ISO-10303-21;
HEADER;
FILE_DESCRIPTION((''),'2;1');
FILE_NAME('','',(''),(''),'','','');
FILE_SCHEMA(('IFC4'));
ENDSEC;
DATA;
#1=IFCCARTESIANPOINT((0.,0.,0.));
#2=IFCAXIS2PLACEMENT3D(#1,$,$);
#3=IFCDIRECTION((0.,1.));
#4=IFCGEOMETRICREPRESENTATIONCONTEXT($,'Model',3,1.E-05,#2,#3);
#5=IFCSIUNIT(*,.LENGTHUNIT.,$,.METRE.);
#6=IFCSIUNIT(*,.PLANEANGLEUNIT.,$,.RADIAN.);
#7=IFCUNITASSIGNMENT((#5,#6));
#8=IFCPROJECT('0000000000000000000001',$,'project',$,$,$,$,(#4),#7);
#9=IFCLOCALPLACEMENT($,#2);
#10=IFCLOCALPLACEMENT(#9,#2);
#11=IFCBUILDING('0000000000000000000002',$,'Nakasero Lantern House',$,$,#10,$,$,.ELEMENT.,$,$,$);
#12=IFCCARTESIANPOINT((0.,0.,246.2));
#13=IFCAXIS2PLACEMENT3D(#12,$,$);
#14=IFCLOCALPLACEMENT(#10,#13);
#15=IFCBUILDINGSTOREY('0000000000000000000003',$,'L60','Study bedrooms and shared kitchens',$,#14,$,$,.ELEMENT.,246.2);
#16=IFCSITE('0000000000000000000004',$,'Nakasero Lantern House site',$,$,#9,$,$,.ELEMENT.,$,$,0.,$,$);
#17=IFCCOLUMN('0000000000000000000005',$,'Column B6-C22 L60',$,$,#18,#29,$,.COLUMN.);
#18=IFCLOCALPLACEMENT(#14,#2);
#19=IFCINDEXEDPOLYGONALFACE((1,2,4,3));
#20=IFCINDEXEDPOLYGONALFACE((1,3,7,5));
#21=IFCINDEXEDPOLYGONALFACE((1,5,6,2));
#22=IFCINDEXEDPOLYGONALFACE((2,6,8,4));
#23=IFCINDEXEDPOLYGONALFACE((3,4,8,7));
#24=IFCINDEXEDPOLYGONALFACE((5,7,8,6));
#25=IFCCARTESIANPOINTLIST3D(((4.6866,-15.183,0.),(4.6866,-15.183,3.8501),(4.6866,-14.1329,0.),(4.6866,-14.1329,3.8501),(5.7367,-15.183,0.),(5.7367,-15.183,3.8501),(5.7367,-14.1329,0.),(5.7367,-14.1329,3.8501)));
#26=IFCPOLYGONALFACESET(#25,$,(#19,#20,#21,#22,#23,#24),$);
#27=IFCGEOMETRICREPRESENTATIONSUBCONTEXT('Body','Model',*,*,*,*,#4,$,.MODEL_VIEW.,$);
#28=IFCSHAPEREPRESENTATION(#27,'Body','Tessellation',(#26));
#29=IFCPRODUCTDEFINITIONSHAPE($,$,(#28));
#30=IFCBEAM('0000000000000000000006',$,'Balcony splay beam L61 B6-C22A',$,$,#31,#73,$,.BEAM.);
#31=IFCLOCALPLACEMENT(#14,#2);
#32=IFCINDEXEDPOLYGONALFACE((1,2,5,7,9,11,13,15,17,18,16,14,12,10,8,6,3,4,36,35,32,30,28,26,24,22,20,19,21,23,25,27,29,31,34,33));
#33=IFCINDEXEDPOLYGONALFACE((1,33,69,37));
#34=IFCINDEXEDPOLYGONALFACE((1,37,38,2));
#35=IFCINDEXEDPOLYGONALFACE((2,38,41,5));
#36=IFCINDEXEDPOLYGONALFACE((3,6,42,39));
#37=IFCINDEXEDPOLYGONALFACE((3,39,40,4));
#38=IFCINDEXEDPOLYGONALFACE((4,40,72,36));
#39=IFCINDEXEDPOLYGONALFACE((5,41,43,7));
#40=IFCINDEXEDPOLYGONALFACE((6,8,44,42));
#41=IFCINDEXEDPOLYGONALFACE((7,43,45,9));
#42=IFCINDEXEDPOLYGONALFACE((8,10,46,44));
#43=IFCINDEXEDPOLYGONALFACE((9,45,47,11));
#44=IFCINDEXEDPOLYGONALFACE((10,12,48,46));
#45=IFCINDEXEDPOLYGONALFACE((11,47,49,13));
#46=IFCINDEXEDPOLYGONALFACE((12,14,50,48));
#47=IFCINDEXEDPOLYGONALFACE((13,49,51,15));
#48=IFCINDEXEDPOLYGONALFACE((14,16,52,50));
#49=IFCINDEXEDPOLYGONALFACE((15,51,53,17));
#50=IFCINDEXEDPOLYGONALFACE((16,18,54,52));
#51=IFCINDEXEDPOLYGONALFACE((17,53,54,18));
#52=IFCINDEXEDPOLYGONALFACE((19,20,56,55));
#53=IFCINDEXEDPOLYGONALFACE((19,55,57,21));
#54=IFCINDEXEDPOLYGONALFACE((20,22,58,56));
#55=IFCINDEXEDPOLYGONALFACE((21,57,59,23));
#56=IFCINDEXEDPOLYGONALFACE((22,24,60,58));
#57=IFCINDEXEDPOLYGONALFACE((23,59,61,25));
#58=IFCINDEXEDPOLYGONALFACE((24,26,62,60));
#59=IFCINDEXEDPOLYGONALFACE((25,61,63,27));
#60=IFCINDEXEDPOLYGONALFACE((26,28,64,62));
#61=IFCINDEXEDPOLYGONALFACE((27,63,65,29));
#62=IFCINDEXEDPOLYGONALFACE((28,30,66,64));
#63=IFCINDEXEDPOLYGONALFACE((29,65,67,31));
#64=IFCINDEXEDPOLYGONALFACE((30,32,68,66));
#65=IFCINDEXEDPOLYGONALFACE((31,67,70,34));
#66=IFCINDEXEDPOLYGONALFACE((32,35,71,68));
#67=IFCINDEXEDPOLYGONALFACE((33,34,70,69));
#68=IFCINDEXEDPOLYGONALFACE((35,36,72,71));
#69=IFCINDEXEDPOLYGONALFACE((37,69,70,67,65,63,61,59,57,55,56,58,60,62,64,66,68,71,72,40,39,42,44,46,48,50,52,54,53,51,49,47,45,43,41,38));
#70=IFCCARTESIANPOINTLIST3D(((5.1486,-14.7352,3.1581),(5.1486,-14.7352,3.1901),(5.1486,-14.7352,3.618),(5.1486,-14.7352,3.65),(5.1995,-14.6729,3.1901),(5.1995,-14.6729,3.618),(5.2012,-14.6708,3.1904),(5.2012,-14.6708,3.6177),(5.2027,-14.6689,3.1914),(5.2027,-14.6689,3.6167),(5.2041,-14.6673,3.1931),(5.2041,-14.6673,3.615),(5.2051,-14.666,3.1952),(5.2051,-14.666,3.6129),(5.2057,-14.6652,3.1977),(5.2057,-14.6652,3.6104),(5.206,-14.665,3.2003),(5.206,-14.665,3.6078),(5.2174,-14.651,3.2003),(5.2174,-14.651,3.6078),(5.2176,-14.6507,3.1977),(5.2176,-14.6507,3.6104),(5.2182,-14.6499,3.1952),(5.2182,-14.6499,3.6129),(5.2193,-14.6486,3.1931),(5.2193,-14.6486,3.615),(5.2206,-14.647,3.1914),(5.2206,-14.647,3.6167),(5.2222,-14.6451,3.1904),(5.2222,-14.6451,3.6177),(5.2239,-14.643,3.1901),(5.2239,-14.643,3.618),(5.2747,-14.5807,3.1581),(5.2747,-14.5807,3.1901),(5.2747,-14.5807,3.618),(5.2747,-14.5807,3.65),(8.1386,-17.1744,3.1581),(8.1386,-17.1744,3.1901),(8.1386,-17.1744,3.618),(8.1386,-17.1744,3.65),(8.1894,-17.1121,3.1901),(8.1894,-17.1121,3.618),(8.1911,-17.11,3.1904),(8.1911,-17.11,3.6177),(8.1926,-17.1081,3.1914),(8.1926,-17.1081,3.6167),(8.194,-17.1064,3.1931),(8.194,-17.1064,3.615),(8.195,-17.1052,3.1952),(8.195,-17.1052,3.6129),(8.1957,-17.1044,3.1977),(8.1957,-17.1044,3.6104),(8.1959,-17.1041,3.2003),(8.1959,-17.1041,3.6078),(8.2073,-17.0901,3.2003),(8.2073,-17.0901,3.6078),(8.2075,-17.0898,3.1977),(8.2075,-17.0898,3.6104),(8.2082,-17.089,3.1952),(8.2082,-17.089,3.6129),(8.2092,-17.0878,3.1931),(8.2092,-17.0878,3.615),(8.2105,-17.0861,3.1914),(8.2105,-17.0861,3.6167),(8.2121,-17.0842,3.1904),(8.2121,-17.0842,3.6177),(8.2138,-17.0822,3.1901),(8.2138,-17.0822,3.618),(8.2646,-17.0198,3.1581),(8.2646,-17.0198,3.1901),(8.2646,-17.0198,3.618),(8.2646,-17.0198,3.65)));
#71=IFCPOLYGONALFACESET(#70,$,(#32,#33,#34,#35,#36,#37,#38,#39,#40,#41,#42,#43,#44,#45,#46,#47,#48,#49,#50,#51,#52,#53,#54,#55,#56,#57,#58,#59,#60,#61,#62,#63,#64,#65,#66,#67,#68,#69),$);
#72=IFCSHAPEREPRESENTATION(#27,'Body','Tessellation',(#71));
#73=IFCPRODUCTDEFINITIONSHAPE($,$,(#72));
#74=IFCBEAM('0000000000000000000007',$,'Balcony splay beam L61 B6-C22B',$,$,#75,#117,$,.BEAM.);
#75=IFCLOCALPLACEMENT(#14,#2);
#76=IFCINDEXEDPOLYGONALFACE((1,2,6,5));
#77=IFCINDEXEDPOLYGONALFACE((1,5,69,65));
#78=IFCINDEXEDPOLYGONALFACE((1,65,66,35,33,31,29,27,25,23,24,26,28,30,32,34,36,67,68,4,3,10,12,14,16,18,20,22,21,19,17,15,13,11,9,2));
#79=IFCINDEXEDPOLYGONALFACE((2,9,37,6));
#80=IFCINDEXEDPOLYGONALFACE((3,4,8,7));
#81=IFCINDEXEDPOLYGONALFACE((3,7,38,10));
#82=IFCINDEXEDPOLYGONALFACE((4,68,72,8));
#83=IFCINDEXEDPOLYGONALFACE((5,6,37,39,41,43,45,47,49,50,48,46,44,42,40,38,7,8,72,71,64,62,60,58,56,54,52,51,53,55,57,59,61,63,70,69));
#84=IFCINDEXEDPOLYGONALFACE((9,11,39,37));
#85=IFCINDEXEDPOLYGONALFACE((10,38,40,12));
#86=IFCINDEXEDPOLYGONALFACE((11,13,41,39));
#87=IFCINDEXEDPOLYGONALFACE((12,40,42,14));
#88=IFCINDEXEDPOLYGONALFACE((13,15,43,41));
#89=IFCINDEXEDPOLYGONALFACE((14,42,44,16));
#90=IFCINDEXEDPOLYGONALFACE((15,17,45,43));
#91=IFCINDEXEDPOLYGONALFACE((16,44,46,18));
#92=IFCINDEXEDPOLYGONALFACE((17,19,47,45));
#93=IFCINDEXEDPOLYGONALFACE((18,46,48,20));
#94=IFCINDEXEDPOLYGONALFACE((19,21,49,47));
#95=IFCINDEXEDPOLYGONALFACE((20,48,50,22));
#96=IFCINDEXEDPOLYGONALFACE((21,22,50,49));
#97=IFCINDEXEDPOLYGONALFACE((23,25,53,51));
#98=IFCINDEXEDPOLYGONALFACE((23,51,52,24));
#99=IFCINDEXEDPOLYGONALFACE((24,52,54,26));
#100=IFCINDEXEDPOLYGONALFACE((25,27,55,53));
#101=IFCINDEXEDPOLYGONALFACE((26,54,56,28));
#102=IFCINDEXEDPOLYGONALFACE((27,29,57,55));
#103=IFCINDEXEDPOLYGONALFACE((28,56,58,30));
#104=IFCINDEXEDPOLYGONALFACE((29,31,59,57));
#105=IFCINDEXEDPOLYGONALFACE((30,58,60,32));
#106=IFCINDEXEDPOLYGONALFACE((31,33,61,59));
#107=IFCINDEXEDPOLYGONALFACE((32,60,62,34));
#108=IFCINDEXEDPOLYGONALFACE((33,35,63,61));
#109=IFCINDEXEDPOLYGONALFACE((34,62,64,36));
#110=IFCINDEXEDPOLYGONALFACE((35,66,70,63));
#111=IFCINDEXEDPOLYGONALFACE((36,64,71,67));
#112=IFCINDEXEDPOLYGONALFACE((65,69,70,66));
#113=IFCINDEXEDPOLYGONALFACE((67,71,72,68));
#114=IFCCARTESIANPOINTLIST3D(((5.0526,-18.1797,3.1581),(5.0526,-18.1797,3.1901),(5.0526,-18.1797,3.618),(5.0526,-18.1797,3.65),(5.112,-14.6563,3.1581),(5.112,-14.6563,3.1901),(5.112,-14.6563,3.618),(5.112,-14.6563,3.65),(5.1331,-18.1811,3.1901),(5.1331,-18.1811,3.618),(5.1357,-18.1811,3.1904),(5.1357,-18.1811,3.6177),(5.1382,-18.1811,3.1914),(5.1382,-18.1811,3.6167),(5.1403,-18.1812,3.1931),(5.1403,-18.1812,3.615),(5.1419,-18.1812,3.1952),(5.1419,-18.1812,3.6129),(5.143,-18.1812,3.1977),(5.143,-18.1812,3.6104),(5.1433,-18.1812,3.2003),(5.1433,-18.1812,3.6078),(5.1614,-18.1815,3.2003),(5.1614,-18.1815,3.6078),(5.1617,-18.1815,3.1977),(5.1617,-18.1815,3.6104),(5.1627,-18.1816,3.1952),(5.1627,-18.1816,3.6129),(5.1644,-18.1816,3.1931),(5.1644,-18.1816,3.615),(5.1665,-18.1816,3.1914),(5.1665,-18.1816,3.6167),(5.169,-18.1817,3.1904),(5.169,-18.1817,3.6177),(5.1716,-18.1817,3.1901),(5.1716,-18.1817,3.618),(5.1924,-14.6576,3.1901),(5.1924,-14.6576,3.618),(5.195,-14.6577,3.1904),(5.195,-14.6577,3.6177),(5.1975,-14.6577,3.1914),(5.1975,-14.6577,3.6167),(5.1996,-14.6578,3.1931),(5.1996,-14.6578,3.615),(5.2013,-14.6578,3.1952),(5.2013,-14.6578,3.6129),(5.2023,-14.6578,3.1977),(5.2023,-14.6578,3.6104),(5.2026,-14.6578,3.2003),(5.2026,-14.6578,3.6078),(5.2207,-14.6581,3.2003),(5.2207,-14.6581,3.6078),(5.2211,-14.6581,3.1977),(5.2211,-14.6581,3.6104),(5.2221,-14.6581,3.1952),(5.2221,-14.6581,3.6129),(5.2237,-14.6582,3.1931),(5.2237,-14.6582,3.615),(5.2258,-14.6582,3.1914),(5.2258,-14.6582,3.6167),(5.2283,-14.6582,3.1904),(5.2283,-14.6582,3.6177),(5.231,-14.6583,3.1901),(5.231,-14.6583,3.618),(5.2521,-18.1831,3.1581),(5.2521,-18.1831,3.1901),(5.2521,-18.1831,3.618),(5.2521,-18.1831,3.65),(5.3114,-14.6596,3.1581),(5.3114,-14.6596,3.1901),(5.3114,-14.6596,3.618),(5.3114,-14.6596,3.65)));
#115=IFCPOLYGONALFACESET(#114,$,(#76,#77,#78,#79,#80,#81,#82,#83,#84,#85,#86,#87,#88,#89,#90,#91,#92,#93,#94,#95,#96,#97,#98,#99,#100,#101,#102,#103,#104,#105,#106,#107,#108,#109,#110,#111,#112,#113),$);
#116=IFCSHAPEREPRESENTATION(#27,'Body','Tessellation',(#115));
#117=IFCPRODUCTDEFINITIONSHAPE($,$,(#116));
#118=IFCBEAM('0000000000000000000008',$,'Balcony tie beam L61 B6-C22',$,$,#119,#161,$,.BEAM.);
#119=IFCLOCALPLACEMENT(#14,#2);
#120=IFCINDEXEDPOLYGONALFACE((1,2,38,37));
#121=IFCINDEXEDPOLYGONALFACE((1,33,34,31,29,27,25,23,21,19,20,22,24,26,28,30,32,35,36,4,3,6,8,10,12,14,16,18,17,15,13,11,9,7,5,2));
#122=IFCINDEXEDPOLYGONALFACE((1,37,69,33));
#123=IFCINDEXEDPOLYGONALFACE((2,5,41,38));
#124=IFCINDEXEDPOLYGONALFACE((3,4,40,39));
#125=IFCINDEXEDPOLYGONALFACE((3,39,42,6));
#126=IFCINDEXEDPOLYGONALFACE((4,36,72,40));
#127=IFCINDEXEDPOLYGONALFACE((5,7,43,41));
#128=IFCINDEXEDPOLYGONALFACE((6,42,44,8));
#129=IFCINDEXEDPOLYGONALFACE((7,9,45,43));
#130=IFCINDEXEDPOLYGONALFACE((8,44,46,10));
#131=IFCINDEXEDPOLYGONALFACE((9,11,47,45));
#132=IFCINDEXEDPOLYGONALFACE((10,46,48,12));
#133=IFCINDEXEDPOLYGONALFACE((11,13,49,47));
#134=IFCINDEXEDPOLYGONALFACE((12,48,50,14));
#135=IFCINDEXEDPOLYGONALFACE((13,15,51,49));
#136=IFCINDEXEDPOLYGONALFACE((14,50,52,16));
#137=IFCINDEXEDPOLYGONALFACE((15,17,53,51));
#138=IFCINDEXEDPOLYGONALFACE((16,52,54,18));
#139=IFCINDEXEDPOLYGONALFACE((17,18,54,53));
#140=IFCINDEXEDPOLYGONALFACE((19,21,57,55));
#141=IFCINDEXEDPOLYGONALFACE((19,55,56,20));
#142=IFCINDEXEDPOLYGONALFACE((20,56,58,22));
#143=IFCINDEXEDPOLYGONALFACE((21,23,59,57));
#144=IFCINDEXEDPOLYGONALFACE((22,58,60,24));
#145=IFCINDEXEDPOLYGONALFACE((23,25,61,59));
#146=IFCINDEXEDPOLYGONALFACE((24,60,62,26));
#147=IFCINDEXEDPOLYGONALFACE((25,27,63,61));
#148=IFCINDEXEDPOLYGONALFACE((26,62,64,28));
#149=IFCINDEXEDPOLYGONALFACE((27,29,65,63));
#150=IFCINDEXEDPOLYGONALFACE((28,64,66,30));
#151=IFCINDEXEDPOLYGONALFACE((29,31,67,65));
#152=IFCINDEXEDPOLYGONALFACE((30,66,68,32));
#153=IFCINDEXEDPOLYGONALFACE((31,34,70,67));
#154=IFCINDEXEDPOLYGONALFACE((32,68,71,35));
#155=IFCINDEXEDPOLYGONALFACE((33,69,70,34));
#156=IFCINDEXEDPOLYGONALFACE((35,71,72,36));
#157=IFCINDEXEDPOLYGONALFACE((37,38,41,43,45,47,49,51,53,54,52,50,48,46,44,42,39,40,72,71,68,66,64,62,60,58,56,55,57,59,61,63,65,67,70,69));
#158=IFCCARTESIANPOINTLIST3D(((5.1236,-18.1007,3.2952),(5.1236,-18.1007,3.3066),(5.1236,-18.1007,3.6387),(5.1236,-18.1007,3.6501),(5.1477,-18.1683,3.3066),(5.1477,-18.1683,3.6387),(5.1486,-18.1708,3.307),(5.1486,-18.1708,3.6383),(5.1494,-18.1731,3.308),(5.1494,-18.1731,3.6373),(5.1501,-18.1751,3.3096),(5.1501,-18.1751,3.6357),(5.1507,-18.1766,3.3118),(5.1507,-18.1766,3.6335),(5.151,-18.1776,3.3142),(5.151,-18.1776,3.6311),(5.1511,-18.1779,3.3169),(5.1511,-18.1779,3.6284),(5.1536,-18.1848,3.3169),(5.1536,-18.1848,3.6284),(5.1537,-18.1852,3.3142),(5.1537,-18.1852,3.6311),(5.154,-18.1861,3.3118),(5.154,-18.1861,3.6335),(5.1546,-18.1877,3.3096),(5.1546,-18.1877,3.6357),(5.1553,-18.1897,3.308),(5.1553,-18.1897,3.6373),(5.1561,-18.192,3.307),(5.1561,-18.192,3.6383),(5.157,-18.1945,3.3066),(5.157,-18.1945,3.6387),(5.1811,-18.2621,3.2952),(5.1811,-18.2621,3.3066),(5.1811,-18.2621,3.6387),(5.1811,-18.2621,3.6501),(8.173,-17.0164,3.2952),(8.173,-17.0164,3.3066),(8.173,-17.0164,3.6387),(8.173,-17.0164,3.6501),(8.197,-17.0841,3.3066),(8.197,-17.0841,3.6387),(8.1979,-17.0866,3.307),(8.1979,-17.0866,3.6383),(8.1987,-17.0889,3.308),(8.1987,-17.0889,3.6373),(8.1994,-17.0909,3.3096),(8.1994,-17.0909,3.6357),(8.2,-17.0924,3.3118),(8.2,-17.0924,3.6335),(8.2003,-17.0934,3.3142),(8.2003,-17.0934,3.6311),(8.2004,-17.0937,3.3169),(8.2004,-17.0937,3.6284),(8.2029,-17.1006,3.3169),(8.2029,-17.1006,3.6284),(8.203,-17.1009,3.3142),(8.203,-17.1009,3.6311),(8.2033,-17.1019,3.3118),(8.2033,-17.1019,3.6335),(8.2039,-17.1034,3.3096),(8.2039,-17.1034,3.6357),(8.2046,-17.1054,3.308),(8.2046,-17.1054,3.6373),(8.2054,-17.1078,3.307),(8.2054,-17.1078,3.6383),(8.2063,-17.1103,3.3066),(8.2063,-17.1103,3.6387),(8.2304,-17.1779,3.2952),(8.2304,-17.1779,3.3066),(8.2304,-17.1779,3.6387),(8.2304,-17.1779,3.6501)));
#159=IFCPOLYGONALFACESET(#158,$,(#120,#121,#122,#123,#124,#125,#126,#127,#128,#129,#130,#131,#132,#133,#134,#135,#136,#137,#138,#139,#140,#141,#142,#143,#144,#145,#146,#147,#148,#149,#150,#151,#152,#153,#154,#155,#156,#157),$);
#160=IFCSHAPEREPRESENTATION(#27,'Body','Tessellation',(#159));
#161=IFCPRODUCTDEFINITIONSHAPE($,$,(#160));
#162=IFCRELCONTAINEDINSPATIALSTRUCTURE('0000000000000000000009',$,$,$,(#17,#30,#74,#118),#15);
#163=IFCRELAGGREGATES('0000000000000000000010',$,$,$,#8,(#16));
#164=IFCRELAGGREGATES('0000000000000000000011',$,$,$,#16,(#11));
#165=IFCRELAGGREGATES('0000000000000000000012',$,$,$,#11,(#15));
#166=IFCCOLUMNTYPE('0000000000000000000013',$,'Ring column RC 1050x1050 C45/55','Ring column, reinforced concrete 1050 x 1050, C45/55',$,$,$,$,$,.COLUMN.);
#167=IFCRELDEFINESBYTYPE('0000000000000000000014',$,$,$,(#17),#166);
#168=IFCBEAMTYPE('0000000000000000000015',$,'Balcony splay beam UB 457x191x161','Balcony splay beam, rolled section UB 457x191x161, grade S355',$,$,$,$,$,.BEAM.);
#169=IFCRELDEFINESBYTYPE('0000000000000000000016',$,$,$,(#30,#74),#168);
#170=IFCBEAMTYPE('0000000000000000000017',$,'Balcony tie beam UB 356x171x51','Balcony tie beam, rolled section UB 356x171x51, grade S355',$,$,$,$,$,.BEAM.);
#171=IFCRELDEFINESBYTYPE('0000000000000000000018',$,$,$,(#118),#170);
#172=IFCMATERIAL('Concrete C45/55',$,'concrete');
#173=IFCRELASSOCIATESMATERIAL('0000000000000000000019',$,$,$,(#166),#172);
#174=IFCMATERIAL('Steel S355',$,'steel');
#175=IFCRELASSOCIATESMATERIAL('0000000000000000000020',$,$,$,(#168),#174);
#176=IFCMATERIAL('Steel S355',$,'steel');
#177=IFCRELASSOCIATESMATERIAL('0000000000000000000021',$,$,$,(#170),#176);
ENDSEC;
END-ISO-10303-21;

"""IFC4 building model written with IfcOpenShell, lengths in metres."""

from ifc_helpers import new_model, si_unit, direction, frame, origin, origin_2d, place, context, subcontext, project, spatial, rectangle, i_section, extrude, material, material_profile, profile_set, type_object, element, save


model = new_model("IFC4")

# Units and contexts
model_context = context("Model", 3, precision=1e-05, world=origin(), true_north=direction((0.0, 1.0)))
body_context = subcontext(model_context, "Body", "Model", "MODEL_VIEW")
ifc_project = project(units=[si_unit("LENGTHUNIT", "METRE"), si_unit("PLANEANGLEUNIT", "RADIAN")], contexts=[model_context])

# Site, building, storey
site_placement = place(None, origin())
site = spatial("IfcSite", under=ifc_project, at=site_placement, Name="Nakasero Lantern House site", CompositionType="ELEMENT", RefElevation=0.0)
building_placement = place(site_placement, origin())
building = spatial("IfcBuilding", under=site, at=building_placement, Name="Nakasero Lantern House", CompositionType="ELEMENT")
storey_placement = place(building_placement, frame((0.0, 0.0, 246.2)))
storey = spatial("IfcBuildingStorey", under=building, at=storey_placement, Name="L60", Description="Study bedrooms and shared kitchens", CompositionType="ELEMENT", Elevation=246.2)

# Column
ifc_material_1 = material(Name="Concrete C45/55", Category="concrete")
ifc_material_profile_1 = material_profile(ifc_material_1, rectangle(XDim=1.05, YDim=1.05, at=origin_2d()), Name="RC 1050x1050")
ifc_profile_set_1 = profile_set([ifc_material_profile_1], Name="Concrete C45/55")
column_type = type_object("IfcColumnType", Name="Ring column RC 1050x1050 C45/55", Description="Ring column, reinforced concrete 1050 x 1050, C45/55", PredefinedType="COLUMN", material=ifc_profile_set_1)
column_placement = place(storey_placement, frame((5.2117, -14.658, 0.0), z_axis=(0.0, 0.0, 1.0), x_axis=(1.0, 0.0, 0.0)))
element("IfcColumn", 1, at=column_placement, inside=storey, type_object=column_type, Name="Column B6-C22 L60", PredefinedType="COLUMN", context=body_context, shape_type="SweptSolid", body=[
    extrude(rectangle(XDim=1.05, YDim=1.05, at=origin_2d()), origin(), (0.0, 0.0, 1.0), 3.8501),
])

# Beams
ifc_material_2 = material(Name="Steel S355", Category="steel")
ifc_material_profile_2 = material_profile(ifc_material_2, i_section(OverallWidth=0.1995, OverallDepth=0.4919, WebThickness=0.0181, FlangeThickness=0.032, FilletRadius=0.0103, at=origin_2d()), Name="UB 457x191x161")
ifc_profile_set_2 = profile_set([ifc_material_profile_2], Name="Steel S355")
beam_type_1 = type_object("IfcBeamType", Name="Balcony splay beam UB 457x191x161", Description="Balcony splay beam, rolled section UB 457x191x161, grade S355", PredefinedType="BEAM", material=ifc_profile_set_2)
beam_1_placement = place(storey_placement, frame((5.2117, -14.658, 3.4041), z_axis=(0.774864, -0.632128, 0.0), x_axis=(0.632128, 0.774864, 0.0)))
element("IfcBeam", 2, at=beam_1_placement, inside=storey, type_object=beam_type_1, Name="Balcony splay beam L61 B6-C22A", PredefinedType="BEAM", context=body_context, shape_type="SweptSolid", body=[
    extrude(i_section(OverallWidth=0.1995, OverallDepth=0.4919, WebThickness=0.0181, FlangeThickness=0.032, FilletRadius=0.0103, at=origin_2d()), origin(), (0.0, 0.0, 1.0), 3.8586),
])
beam_2_placement = place(storey_placement, frame((5.2117, -14.658, 3.4041), z_axis=(-0.016835, -0.999858, 0.0), x_axis=(0.999858, -0.016835, 0.0)))
element("IfcBeam", 3, at=beam_2_placement, inside=storey, type_object=beam_type_1, Name="Balcony splay beam L61 B6-C22B", PredefinedType="BEAM", context=body_context, shape_type="SweptSolid", body=[
    extrude(i_section(OverallWidth=0.1995, OverallDepth=0.4919, WebThickness=0.0181, FlangeThickness=0.032, FilletRadius=0.0103, at=origin_2d()), origin(), (0.0, 0.0, 1.0), 3.5239),
])
ifc_material_3 = material(Name="Steel S355", Category="steel")
ifc_material_profile_3 = material_profile(ifc_material_3, i_section(OverallWidth=0.1714, OverallDepth=0.355, WebThickness=0.0073, FlangeThickness=0.0115, FilletRadius=0.0103, at=origin_2d()), Name="UB 356x171x51")
ifc_profile_set_3 = profile_set([ifc_material_profile_3], Name="Steel S355")
beam_type_2 = type_object("IfcBeamType", Name="Balcony tie beam UB 356x171x51", Description="Balcony tie beam, rolled section UB 356x171x51, grade S355", PredefinedType="BEAM", material=ifc_profile_set_3)
beam_3_placement = place(storey_placement, frame((8.2017, -17.0972, 3.4727), z_axis=(-0.942212, -0.335017, 0.0), x_axis=(0.335017, -0.942212, 0.0)))
element("IfcBeam", 4, at=beam_3_placement, inside=storey, type_object=beam_type_2, Name="Balcony tie beam L61 B6-C22", PredefinedType="BEAM", context=body_context, shape_type="SweptSolid", body=[
    extrude(i_section(OverallWidth=0.1714, OverallDepth=0.355, WebThickness=0.0073, FlangeThickness=0.0115, FilletRadius=0.0103, at=origin_2d()), origin(), (0.0, 0.0, 1.0), 3.2363),
])

save(model, "model.ifc")
